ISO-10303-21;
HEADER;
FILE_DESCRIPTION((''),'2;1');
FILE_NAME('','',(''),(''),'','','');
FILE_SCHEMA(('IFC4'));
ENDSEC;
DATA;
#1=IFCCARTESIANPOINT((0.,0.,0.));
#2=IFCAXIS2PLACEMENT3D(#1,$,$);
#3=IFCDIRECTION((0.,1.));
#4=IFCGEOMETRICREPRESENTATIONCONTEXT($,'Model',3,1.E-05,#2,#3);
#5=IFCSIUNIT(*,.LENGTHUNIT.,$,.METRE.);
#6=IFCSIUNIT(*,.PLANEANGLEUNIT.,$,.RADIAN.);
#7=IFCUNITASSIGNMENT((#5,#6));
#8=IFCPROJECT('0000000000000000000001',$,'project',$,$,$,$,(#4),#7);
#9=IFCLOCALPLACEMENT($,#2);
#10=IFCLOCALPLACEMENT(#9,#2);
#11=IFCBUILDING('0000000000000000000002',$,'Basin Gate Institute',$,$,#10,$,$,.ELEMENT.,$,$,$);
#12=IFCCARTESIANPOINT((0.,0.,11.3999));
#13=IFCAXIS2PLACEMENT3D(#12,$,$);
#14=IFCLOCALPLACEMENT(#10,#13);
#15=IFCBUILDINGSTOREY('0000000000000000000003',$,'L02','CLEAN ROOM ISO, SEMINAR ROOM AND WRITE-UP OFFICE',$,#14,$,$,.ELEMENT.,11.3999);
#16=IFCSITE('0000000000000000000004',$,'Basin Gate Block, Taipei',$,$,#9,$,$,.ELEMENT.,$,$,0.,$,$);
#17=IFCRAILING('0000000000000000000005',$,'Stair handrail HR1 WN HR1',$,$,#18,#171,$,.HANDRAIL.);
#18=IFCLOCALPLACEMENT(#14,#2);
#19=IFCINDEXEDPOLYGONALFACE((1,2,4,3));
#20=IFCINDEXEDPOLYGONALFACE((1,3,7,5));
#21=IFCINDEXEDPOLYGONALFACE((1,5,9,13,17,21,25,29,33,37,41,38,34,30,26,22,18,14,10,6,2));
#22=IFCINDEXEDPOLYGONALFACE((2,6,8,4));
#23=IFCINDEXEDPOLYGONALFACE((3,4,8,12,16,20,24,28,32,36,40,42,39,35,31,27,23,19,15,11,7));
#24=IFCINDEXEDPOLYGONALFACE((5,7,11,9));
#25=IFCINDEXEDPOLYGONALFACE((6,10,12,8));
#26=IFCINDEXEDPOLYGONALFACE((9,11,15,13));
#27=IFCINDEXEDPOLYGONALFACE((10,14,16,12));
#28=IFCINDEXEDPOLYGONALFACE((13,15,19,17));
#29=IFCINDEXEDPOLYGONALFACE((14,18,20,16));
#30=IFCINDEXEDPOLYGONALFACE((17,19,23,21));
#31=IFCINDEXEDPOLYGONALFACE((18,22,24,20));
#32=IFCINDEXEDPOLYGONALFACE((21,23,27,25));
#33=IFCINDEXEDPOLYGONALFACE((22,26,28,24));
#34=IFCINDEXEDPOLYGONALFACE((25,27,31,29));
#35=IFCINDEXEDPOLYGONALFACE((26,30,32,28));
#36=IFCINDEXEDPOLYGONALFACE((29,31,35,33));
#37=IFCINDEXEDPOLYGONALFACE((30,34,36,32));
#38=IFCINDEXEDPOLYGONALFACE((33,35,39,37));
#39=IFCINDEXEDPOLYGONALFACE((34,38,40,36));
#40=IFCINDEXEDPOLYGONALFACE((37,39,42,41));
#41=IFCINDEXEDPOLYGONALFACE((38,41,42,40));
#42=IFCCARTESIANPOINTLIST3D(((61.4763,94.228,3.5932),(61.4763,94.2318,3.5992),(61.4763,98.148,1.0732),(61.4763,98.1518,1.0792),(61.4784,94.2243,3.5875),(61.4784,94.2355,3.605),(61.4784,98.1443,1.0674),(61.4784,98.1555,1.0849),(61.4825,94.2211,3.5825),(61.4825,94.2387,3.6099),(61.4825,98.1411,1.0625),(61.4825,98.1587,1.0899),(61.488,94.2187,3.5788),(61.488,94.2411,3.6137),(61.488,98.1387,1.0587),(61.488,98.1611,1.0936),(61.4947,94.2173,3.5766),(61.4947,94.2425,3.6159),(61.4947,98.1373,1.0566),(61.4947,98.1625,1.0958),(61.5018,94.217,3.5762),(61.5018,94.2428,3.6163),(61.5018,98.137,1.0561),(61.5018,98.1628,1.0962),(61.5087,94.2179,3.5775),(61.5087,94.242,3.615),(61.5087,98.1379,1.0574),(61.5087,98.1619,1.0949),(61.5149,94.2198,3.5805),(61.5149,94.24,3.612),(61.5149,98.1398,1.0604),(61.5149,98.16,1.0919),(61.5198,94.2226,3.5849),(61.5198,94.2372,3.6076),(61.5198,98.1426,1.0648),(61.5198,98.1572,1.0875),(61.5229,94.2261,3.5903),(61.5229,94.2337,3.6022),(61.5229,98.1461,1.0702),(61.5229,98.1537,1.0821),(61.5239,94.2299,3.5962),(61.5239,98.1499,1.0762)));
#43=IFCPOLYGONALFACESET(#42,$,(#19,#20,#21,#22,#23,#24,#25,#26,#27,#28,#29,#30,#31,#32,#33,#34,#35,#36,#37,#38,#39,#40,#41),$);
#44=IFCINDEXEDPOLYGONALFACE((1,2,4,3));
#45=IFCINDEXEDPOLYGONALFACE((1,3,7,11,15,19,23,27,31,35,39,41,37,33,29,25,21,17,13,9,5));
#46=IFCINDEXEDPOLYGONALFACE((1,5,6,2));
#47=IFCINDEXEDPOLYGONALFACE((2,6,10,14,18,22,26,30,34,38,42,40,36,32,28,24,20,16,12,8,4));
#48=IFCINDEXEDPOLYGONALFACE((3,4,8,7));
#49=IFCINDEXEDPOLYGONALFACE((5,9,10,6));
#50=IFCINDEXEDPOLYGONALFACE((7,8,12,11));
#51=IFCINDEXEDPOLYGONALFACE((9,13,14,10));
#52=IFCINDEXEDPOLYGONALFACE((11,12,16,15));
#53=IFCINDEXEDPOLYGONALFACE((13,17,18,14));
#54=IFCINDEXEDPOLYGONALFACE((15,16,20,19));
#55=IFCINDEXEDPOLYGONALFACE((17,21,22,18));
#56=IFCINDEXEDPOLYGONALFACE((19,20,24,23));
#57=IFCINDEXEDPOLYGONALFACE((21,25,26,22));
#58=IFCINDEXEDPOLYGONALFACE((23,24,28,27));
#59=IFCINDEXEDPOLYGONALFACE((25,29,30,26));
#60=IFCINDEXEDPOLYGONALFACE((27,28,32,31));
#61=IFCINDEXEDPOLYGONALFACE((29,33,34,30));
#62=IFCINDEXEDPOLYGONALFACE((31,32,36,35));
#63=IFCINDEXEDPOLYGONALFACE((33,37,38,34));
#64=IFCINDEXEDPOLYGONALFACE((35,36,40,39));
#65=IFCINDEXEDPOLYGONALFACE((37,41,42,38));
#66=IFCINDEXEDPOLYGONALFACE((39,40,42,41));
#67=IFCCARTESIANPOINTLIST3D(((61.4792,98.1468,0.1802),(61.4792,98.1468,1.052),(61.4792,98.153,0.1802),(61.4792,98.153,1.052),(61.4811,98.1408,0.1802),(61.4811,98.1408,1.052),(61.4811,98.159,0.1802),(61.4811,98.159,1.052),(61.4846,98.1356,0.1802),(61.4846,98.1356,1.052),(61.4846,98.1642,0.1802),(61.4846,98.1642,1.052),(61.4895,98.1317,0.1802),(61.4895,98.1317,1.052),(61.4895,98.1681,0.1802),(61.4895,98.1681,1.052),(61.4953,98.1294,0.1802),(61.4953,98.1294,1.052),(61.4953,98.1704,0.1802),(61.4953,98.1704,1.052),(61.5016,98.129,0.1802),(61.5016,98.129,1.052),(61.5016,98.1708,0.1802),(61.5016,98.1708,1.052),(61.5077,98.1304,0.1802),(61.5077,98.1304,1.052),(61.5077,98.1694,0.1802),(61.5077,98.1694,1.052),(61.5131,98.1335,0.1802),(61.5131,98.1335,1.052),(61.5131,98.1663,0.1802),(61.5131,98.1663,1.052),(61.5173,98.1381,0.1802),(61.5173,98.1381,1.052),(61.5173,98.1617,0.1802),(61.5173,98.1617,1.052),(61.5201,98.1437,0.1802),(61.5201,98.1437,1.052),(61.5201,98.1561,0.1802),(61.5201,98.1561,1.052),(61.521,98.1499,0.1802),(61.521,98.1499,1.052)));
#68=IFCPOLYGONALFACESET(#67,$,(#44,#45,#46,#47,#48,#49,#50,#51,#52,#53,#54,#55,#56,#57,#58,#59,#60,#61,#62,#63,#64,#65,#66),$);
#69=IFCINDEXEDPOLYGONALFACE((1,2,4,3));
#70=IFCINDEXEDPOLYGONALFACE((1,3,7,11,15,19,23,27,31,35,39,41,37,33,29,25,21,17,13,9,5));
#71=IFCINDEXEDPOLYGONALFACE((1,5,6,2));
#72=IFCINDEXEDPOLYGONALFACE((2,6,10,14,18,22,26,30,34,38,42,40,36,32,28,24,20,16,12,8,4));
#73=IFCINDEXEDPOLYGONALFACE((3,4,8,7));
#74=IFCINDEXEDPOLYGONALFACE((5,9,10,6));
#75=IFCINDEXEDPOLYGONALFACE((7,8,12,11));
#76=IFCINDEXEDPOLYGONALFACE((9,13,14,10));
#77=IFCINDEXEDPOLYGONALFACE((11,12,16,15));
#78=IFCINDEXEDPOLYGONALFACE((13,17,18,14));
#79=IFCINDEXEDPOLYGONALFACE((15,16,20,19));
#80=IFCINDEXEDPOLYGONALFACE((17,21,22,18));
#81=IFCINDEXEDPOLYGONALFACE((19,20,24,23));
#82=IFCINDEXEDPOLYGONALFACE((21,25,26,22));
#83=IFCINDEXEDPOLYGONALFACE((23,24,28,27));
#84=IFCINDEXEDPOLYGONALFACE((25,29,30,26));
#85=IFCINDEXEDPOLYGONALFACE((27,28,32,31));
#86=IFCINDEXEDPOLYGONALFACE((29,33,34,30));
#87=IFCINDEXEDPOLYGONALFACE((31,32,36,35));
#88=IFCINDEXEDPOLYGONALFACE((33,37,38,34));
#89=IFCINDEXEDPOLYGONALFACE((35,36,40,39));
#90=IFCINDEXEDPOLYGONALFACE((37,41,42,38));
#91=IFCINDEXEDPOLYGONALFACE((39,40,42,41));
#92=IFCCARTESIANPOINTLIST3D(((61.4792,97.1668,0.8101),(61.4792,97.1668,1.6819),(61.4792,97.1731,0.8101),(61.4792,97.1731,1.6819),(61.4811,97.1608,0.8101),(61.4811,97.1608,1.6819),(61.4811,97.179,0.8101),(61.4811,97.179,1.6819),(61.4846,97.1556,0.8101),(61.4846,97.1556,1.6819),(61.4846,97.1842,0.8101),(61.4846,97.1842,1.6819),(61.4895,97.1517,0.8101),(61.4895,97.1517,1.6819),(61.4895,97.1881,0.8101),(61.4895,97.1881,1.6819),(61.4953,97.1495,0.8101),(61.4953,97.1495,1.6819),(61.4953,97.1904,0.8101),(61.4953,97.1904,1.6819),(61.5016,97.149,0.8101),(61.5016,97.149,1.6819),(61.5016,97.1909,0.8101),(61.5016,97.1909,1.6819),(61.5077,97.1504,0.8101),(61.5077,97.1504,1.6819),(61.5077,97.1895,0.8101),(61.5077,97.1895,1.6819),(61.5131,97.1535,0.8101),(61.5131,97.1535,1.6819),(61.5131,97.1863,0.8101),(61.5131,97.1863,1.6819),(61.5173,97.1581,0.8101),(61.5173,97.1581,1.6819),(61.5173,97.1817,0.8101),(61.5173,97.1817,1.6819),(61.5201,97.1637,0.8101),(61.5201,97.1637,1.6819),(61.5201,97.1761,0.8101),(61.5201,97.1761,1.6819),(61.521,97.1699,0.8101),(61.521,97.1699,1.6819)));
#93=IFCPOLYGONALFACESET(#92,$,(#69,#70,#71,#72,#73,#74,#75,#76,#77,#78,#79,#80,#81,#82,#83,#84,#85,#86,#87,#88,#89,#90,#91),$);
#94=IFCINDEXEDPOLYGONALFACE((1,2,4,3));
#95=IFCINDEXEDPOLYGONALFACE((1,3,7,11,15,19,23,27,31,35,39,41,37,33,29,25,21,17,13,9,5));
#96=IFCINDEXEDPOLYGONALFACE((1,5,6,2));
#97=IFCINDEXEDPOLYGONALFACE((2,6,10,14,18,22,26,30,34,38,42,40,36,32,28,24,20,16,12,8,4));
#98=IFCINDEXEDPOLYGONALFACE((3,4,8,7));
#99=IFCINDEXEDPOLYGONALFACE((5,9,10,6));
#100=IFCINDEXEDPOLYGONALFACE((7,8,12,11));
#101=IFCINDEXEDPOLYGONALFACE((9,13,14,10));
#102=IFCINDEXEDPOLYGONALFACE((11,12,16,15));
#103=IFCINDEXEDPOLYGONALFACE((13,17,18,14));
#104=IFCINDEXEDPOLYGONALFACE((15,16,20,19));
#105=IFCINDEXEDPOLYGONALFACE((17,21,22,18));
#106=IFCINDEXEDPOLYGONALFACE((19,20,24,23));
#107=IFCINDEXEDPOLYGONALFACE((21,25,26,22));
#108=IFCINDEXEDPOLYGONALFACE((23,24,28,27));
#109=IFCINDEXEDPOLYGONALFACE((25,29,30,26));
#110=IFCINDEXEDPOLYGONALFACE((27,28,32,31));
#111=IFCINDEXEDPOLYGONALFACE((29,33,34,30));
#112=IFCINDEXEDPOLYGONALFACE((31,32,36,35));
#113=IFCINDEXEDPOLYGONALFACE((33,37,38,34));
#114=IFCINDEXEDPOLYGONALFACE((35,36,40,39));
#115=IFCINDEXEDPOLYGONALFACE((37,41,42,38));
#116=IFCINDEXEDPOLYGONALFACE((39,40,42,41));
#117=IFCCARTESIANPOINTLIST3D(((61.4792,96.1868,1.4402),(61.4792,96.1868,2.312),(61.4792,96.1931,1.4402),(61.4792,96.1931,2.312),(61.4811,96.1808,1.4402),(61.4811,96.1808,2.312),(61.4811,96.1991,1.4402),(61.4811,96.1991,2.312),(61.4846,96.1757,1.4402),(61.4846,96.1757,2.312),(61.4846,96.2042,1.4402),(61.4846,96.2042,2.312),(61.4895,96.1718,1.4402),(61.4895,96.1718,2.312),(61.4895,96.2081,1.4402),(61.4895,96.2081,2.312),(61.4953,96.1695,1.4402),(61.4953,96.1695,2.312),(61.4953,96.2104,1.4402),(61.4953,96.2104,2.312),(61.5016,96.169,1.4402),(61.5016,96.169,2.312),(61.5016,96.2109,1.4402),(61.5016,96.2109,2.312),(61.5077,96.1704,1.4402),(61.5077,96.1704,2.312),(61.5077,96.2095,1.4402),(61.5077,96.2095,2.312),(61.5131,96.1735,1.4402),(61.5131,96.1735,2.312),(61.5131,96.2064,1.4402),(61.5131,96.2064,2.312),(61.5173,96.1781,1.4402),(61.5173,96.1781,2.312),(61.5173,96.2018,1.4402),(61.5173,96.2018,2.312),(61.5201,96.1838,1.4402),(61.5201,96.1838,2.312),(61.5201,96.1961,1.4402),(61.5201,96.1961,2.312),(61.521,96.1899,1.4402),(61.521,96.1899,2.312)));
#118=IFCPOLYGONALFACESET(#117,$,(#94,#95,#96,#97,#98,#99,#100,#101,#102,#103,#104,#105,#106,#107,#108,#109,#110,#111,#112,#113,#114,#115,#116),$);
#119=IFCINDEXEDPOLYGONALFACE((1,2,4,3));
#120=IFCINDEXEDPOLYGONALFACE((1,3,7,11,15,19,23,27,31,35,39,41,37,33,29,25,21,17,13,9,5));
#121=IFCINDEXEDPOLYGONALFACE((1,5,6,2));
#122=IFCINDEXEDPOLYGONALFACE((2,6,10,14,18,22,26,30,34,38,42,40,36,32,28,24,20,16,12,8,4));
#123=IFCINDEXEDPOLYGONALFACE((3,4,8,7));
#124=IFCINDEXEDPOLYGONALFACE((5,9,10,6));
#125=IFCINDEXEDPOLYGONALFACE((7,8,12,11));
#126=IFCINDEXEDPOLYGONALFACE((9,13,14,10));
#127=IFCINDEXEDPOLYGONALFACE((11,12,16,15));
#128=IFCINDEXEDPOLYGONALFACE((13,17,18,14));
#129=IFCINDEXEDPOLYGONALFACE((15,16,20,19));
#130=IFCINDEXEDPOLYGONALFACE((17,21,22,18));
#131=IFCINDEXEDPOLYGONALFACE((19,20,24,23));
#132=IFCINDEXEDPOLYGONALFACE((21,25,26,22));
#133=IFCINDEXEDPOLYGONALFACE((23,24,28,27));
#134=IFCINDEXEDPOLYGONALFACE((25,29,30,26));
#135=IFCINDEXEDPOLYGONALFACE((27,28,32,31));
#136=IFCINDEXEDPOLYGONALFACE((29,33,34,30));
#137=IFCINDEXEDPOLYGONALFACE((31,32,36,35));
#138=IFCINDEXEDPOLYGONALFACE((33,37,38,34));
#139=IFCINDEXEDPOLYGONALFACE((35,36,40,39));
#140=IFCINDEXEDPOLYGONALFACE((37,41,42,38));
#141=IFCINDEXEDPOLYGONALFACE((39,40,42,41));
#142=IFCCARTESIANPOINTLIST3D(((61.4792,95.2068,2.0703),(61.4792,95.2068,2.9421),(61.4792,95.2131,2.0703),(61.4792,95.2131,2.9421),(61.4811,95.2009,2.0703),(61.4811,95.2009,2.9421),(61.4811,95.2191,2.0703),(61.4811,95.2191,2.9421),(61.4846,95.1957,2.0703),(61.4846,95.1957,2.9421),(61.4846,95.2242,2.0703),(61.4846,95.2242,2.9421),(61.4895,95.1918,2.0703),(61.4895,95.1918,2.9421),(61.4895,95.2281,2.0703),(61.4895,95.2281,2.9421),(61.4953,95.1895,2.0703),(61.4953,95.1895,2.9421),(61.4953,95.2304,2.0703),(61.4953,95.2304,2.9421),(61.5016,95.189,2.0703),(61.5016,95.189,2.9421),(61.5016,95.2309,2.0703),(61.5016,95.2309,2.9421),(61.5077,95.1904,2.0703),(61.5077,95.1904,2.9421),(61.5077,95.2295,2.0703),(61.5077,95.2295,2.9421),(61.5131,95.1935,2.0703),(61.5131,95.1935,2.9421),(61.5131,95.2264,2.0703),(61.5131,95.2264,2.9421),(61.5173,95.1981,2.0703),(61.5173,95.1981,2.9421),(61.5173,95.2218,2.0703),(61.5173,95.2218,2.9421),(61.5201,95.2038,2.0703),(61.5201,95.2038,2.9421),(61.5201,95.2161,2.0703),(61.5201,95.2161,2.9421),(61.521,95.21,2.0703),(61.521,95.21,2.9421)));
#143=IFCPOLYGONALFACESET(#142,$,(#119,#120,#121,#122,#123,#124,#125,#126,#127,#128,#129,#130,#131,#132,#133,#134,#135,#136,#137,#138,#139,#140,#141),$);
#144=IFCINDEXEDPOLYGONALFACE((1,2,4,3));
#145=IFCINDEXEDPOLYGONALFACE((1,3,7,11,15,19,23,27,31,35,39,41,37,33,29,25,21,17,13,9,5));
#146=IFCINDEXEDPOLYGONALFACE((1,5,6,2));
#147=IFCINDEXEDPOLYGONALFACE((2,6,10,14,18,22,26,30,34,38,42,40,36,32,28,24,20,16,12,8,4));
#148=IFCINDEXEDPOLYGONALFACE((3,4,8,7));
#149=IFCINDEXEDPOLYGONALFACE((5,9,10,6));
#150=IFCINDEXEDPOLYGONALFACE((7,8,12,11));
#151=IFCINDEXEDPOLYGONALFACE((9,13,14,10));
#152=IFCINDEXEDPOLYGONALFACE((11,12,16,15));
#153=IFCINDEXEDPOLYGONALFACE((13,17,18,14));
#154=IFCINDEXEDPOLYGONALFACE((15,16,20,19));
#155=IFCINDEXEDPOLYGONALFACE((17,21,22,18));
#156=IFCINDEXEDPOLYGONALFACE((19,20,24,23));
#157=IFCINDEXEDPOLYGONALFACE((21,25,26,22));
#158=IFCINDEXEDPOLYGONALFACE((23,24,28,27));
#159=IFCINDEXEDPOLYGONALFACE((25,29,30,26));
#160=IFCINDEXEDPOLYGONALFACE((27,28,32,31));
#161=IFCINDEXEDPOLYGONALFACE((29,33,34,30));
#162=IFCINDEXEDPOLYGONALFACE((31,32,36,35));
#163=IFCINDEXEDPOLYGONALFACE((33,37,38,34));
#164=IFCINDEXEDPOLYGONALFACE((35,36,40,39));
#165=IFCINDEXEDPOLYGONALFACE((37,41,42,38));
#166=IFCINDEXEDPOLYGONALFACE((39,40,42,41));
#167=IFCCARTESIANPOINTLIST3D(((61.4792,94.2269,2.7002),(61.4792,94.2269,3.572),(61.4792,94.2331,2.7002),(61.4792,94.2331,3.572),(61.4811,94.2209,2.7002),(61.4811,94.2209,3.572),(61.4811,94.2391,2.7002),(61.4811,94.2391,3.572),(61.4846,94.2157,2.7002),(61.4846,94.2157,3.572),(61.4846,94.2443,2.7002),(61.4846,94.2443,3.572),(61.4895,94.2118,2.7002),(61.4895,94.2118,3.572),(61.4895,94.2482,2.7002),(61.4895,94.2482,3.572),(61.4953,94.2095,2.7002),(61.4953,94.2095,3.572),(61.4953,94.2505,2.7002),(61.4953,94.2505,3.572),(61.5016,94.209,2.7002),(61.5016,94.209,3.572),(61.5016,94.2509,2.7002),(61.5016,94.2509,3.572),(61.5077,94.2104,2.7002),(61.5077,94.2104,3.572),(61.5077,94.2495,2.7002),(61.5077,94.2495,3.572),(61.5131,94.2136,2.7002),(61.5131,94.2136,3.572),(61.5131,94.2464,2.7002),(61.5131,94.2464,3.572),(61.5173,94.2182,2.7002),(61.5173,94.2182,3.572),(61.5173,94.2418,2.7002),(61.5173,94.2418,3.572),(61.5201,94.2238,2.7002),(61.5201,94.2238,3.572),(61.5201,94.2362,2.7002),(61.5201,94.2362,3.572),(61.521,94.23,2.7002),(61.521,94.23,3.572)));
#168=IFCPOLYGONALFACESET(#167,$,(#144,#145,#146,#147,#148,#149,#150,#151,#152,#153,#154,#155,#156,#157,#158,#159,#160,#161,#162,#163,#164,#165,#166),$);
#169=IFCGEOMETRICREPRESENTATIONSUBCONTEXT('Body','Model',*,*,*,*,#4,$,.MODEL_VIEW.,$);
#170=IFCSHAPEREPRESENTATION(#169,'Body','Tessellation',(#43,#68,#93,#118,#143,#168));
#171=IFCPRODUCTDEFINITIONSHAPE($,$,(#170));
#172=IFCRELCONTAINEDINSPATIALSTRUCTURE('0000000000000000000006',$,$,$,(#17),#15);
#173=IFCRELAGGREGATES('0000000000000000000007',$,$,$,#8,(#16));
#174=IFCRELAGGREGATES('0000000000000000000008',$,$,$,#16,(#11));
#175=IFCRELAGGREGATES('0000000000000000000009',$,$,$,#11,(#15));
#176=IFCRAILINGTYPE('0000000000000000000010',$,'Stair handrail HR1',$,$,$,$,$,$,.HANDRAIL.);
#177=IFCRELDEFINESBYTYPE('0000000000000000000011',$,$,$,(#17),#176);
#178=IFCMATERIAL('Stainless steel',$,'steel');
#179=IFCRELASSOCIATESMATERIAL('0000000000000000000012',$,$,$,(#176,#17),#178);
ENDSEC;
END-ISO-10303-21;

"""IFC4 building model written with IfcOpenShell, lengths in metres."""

from ifc_helpers import new_model, si_unit, direction, frame, origin, origin_2d, place, context, subcontext, project, spatial, circle, extrude, material, type_object, element, save


model = new_model("IFC4")

# Units and contexts
model_context = context("Model", 3, precision=1e-05, world=origin(), true_north=direction((0.0, 1.0)))
body_context = subcontext(model_context, "Body", "Model", "MODEL_VIEW")
ifc_project = project(units=[si_unit("LENGTHUNIT", "METRE"), si_unit("PLANEANGLEUNIT", "RADIAN")], contexts=[model_context])

# Site, building, storey
site_placement = place(None, origin())
site = spatial("IfcSite", under=ifc_project, at=site_placement, Name="Basin Gate Block, Taipei", CompositionType="ELEMENT", RefElevation=0.0)
building_placement = place(site_placement, origin())
building = spatial("IfcBuilding", under=site, at=building_placement, Name="Basin Gate Institute", CompositionType="ELEMENT")
storey_placement = place(building_placement, frame((0.0, 0.0, 11.3999)))
storey = spatial("IfcBuildingStorey", under=building, at=storey_placement, Name="L02", Description="CLEAN ROOM ISO, SEMINAR ROOM AND WRITE-UP OFFICE", CompositionType="ELEMENT", Elevation=11.3999)

# Railing
ifc_material_1 = material(Name="Stainless steel", Category="steel")
railing_type_1 = type_object("IfcRailingType", Name="Stair handrail HR1", PredefinedType="HANDRAIL", material=ifc_material_1)
for number, where, name in (
    (1, (61.5, 98.1499, 0.1802), "Stair handrail HR1 WN HR1"),
):
    element("IfcRailing", number, at=place(storey_placement, frame(where)), inside=storey, type_object=railing_type_1, material=ifc_material_1, Name=name, PredefinedType="HANDRAIL", context=body_context, shape_type="SweptSolid", body=[
        extrude(circle(Radius=0.0239, at=origin_2d()), frame((0.0, 0.0, 0.896), z_axis=(0.0, -0.841172, 0.540768), x_axis=(1.0, 0.0, 0.0)), (0.0, 0.0, 1.0), 4.6602),
        extrude(circle(Radius=0.021, at=origin_2d()), origin(), (0.0, 0.0, 1.0), 0.8718),
        extrude(circle(Radius=0.021, at=origin_2d()), frame((0.0, -0.98, 0.6299)), (0.0, 0.0, 1.0), 0.8718),
        extrude(circle(Radius=0.021, at=origin_2d()), frame((0.0, -1.96, 1.26)), (0.0, 0.0, 1.0), 0.8718),
        extrude(circle(Radius=0.021, at=origin_2d()), frame((0.0, -2.9399, 1.8901)), (0.0, 0.0, 1.0), 0.8718),
        extrude(circle(Radius=0.021, at=origin_2d()), frame((0.0, -3.9199, 2.52)), (0.0, 0.0, 1.0), 0.8718),
    ])

save(model, "model.ifc")
